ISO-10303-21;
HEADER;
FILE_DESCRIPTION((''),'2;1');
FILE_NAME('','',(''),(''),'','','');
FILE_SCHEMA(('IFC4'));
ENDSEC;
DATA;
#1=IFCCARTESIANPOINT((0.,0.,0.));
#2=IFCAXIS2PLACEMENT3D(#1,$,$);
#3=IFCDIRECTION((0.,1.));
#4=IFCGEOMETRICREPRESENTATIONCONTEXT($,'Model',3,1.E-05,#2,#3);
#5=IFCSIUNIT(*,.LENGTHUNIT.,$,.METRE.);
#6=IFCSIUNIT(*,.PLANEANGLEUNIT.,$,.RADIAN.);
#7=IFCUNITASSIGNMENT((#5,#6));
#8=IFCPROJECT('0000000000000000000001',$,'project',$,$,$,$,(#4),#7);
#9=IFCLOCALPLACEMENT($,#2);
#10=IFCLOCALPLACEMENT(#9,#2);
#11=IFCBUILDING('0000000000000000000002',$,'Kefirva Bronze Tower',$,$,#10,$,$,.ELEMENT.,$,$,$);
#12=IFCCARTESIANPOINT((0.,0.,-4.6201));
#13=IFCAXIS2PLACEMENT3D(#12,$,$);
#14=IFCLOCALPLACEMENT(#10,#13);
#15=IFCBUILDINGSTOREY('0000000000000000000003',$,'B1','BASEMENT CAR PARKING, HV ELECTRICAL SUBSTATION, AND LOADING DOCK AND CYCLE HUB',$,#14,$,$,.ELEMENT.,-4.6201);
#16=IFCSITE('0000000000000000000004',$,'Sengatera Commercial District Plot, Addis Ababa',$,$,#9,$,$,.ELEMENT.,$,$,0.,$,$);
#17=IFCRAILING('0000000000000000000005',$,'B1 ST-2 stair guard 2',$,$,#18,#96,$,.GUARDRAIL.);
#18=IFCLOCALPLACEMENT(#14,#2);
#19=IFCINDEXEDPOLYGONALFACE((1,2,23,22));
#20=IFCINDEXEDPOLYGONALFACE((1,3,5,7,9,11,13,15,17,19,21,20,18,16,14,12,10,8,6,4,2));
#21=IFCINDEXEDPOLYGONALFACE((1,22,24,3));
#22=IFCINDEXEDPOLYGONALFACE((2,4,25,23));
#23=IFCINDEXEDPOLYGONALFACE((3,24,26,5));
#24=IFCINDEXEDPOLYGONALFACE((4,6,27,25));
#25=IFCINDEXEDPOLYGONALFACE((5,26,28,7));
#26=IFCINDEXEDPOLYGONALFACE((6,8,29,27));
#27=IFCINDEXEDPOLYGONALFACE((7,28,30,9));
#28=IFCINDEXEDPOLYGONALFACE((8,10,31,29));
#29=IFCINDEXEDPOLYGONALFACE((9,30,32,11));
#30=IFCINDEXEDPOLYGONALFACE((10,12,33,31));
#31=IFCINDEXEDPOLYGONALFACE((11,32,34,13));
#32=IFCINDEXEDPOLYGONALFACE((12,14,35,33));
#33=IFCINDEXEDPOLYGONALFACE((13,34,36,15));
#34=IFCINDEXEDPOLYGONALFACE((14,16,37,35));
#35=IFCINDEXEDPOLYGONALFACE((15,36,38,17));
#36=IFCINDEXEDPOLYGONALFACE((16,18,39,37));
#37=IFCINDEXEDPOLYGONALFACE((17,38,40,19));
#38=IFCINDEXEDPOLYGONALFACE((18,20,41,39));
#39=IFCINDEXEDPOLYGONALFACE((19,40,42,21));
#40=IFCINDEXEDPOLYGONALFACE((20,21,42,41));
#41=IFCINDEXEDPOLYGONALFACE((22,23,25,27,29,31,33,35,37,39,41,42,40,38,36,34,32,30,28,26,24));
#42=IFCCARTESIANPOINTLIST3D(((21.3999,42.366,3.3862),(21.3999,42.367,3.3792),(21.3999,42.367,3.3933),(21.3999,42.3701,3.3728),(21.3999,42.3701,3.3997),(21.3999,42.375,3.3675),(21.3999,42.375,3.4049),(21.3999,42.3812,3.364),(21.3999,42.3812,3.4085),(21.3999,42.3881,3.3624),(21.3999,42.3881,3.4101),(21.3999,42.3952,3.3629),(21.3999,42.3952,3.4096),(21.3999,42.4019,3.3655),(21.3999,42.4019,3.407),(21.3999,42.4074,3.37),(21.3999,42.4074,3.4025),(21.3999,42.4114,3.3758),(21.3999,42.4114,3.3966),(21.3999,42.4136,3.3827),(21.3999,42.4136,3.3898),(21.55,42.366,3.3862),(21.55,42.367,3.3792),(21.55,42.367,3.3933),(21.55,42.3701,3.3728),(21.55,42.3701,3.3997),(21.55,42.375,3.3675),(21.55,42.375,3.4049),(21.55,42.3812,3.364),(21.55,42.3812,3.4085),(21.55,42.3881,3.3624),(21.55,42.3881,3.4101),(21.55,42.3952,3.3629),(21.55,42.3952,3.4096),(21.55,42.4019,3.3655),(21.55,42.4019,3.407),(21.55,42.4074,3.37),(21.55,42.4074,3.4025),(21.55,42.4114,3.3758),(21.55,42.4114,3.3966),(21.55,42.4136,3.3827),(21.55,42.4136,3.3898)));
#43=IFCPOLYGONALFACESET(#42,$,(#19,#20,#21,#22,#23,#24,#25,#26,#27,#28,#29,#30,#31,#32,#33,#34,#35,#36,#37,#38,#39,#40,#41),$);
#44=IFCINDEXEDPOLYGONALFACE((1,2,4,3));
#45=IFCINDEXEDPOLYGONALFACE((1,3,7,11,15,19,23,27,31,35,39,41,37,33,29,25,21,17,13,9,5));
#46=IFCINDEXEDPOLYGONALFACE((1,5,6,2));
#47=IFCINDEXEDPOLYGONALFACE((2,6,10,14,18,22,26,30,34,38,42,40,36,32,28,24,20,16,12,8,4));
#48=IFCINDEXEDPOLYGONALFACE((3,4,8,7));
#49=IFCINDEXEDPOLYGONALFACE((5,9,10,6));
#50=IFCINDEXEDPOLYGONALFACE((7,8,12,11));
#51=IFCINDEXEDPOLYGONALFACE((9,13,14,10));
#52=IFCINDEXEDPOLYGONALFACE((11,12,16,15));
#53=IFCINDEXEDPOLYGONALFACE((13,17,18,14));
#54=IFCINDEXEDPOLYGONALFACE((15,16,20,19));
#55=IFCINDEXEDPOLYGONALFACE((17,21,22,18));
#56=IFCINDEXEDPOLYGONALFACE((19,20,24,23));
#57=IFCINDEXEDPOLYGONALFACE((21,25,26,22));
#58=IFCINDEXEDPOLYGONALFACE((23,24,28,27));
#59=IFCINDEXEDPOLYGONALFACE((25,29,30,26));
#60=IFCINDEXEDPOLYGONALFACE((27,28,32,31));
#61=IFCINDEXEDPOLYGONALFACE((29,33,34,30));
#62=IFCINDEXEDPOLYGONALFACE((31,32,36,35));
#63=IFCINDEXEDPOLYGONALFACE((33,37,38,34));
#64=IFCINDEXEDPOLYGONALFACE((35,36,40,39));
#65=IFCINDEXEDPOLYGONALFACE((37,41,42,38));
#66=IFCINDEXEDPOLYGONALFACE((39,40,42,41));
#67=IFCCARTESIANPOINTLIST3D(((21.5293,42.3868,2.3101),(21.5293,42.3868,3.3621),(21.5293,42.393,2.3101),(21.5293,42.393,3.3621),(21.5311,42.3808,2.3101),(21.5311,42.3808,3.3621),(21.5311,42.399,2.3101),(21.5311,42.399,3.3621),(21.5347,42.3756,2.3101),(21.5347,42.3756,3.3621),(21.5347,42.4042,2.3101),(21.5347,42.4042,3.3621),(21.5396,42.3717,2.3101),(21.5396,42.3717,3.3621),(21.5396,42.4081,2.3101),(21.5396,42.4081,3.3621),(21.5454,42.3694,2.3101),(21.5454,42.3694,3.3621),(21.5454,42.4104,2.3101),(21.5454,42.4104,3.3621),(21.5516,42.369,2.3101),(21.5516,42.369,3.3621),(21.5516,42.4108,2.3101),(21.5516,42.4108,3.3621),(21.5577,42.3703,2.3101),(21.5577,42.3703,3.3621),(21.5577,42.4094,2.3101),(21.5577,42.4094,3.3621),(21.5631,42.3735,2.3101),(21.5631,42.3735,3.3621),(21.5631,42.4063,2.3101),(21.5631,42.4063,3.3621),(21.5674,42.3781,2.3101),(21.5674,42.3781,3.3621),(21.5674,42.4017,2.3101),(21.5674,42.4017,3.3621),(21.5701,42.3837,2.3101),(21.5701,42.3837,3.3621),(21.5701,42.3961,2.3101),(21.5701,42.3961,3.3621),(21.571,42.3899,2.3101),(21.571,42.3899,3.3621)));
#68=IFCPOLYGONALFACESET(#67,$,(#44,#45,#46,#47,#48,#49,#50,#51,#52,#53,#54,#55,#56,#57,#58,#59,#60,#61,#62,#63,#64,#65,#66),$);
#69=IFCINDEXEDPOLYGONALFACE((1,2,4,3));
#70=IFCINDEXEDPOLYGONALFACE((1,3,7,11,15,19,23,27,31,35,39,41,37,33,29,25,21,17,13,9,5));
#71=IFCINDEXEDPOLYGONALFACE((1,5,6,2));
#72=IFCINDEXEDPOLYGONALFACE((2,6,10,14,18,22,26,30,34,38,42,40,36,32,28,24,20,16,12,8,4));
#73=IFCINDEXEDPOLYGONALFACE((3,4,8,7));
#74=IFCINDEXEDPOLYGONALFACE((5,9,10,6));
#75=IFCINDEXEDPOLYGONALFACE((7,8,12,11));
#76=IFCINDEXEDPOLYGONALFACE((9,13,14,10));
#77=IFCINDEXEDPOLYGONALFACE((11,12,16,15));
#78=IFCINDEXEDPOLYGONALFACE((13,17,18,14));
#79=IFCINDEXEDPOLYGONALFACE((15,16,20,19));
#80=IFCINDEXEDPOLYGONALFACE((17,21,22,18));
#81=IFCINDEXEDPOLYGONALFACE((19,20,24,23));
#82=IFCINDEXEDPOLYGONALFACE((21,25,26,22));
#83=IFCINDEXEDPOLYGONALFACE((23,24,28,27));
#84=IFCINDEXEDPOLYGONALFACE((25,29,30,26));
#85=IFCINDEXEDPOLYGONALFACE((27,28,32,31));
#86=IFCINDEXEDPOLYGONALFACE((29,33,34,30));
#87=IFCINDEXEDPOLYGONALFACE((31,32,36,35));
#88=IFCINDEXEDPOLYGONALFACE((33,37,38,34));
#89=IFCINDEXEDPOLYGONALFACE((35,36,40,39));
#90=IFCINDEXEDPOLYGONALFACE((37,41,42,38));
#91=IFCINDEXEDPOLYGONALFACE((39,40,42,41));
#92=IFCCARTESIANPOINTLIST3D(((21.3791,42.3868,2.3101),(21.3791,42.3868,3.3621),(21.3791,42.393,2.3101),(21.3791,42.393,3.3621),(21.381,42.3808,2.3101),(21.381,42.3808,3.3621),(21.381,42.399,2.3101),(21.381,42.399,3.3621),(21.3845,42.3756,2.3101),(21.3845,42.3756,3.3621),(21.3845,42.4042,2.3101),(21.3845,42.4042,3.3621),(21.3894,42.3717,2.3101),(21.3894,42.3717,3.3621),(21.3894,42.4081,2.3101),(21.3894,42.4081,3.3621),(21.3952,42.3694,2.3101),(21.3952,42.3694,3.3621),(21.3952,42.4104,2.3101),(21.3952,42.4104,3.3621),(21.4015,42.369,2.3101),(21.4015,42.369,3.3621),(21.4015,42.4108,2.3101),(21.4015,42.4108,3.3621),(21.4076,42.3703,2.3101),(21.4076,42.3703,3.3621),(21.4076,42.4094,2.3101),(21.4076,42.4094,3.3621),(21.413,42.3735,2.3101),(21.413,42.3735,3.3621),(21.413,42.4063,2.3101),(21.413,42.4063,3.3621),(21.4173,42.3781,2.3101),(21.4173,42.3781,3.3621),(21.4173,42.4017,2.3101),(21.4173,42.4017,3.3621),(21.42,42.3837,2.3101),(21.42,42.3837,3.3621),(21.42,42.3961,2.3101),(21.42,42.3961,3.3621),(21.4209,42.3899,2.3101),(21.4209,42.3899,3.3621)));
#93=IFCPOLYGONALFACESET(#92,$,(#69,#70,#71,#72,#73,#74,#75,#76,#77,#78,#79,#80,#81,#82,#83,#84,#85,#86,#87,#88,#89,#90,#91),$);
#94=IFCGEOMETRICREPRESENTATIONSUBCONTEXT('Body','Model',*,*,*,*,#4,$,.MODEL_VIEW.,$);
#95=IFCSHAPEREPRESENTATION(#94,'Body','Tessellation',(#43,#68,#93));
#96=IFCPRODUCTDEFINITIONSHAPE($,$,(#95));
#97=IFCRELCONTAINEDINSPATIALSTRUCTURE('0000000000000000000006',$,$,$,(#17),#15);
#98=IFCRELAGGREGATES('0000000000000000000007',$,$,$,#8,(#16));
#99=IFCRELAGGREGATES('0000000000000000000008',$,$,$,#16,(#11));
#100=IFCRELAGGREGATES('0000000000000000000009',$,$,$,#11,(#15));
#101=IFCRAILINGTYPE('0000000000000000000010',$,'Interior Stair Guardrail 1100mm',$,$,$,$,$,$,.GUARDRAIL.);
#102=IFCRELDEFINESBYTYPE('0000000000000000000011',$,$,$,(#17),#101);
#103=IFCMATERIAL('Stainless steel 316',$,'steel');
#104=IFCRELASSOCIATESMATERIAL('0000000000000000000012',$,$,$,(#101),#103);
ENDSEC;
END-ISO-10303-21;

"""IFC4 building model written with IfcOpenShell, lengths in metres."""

from ifc_helpers import new_model, si_unit, direction, frame, origin, origin_2d, place, context, subcontext, project, spatial, circle, extrude, material, type_object, element, save


model = new_model("IFC4")

# Units and contexts
model_context = context("Model", 3, precision=1e-05, world=origin(), true_north=direction((0.0, 1.0)))
body_context = subcontext(model_context, "Body", "Model", "MODEL_VIEW")
ifc_project = project(units=[si_unit("LENGTHUNIT", "METRE"), si_unit("PLANEANGLEUNIT", "RADIAN")], contexts=[model_context])

# Site, building, storey
site_placement = place(None, origin())
site = spatial("IfcSite", under=ifc_project, at=site_placement, Name="Sengatera Commercial District Plot, Addis Ababa", CompositionType="ELEMENT", RefElevation=0.0)
building_placement = place(site_placement, origin())
building = spatial("IfcBuilding", under=site, at=building_placement, Name="Kefirva Bronze Tower", CompositionType="ELEMENT")
storey_placement = place(building_placement, frame((0.0, 0.0, -4.6201)))
storey = spatial("IfcBuildingStorey", under=building, at=storey_placement, Name="B1", Description="BASEMENT CAR PARKING, HV ELECTRICAL SUBSTATION, AND LOADING DOCK AND CYCLE HUB", CompositionType="ELEMENT", Elevation=-4.6201)

# Railing
ifc_material_1 = material(Name="Stainless steel 316", Category="steel")
railing_type_1 = type_object("IfcRailingType", Name="Interior Stair Guardrail 1100mm", PredefinedType="GUARDRAIL", material=ifc_material_1)
railing_1_placement = place(storey_placement, frame((21.55, 42.3899, 2.3101)))
element("IfcRailing", 1, at=railing_1_placement, inside=storey, type_object=railing_type_1, Name="B1 ST-2 stair guard 2", PredefinedType="GUARDRAIL", context=body_context, shape_type="SweptSolid", body=[
    extrude(circle(Radius=0.0239, at=origin_2d()), frame((0.0, 0.0, 1.0762), z_axis=(-1.0, 0.0, 0.0), x_axis=(0.0, -1.0, 0.0)), (0.0, 0.0, 1.0), 0.1501),
    extrude(circle(Radius=0.021, at=origin_2d()), origin(), (0.0, 0.0, 1.0), 1.052),
    extrude(circle(Radius=0.021, at=origin_2d()), frame((-0.1501, 0.0, 0.0)), (0.0, 0.0, 1.0), 1.052),
])

save(model, "model.ifc")
